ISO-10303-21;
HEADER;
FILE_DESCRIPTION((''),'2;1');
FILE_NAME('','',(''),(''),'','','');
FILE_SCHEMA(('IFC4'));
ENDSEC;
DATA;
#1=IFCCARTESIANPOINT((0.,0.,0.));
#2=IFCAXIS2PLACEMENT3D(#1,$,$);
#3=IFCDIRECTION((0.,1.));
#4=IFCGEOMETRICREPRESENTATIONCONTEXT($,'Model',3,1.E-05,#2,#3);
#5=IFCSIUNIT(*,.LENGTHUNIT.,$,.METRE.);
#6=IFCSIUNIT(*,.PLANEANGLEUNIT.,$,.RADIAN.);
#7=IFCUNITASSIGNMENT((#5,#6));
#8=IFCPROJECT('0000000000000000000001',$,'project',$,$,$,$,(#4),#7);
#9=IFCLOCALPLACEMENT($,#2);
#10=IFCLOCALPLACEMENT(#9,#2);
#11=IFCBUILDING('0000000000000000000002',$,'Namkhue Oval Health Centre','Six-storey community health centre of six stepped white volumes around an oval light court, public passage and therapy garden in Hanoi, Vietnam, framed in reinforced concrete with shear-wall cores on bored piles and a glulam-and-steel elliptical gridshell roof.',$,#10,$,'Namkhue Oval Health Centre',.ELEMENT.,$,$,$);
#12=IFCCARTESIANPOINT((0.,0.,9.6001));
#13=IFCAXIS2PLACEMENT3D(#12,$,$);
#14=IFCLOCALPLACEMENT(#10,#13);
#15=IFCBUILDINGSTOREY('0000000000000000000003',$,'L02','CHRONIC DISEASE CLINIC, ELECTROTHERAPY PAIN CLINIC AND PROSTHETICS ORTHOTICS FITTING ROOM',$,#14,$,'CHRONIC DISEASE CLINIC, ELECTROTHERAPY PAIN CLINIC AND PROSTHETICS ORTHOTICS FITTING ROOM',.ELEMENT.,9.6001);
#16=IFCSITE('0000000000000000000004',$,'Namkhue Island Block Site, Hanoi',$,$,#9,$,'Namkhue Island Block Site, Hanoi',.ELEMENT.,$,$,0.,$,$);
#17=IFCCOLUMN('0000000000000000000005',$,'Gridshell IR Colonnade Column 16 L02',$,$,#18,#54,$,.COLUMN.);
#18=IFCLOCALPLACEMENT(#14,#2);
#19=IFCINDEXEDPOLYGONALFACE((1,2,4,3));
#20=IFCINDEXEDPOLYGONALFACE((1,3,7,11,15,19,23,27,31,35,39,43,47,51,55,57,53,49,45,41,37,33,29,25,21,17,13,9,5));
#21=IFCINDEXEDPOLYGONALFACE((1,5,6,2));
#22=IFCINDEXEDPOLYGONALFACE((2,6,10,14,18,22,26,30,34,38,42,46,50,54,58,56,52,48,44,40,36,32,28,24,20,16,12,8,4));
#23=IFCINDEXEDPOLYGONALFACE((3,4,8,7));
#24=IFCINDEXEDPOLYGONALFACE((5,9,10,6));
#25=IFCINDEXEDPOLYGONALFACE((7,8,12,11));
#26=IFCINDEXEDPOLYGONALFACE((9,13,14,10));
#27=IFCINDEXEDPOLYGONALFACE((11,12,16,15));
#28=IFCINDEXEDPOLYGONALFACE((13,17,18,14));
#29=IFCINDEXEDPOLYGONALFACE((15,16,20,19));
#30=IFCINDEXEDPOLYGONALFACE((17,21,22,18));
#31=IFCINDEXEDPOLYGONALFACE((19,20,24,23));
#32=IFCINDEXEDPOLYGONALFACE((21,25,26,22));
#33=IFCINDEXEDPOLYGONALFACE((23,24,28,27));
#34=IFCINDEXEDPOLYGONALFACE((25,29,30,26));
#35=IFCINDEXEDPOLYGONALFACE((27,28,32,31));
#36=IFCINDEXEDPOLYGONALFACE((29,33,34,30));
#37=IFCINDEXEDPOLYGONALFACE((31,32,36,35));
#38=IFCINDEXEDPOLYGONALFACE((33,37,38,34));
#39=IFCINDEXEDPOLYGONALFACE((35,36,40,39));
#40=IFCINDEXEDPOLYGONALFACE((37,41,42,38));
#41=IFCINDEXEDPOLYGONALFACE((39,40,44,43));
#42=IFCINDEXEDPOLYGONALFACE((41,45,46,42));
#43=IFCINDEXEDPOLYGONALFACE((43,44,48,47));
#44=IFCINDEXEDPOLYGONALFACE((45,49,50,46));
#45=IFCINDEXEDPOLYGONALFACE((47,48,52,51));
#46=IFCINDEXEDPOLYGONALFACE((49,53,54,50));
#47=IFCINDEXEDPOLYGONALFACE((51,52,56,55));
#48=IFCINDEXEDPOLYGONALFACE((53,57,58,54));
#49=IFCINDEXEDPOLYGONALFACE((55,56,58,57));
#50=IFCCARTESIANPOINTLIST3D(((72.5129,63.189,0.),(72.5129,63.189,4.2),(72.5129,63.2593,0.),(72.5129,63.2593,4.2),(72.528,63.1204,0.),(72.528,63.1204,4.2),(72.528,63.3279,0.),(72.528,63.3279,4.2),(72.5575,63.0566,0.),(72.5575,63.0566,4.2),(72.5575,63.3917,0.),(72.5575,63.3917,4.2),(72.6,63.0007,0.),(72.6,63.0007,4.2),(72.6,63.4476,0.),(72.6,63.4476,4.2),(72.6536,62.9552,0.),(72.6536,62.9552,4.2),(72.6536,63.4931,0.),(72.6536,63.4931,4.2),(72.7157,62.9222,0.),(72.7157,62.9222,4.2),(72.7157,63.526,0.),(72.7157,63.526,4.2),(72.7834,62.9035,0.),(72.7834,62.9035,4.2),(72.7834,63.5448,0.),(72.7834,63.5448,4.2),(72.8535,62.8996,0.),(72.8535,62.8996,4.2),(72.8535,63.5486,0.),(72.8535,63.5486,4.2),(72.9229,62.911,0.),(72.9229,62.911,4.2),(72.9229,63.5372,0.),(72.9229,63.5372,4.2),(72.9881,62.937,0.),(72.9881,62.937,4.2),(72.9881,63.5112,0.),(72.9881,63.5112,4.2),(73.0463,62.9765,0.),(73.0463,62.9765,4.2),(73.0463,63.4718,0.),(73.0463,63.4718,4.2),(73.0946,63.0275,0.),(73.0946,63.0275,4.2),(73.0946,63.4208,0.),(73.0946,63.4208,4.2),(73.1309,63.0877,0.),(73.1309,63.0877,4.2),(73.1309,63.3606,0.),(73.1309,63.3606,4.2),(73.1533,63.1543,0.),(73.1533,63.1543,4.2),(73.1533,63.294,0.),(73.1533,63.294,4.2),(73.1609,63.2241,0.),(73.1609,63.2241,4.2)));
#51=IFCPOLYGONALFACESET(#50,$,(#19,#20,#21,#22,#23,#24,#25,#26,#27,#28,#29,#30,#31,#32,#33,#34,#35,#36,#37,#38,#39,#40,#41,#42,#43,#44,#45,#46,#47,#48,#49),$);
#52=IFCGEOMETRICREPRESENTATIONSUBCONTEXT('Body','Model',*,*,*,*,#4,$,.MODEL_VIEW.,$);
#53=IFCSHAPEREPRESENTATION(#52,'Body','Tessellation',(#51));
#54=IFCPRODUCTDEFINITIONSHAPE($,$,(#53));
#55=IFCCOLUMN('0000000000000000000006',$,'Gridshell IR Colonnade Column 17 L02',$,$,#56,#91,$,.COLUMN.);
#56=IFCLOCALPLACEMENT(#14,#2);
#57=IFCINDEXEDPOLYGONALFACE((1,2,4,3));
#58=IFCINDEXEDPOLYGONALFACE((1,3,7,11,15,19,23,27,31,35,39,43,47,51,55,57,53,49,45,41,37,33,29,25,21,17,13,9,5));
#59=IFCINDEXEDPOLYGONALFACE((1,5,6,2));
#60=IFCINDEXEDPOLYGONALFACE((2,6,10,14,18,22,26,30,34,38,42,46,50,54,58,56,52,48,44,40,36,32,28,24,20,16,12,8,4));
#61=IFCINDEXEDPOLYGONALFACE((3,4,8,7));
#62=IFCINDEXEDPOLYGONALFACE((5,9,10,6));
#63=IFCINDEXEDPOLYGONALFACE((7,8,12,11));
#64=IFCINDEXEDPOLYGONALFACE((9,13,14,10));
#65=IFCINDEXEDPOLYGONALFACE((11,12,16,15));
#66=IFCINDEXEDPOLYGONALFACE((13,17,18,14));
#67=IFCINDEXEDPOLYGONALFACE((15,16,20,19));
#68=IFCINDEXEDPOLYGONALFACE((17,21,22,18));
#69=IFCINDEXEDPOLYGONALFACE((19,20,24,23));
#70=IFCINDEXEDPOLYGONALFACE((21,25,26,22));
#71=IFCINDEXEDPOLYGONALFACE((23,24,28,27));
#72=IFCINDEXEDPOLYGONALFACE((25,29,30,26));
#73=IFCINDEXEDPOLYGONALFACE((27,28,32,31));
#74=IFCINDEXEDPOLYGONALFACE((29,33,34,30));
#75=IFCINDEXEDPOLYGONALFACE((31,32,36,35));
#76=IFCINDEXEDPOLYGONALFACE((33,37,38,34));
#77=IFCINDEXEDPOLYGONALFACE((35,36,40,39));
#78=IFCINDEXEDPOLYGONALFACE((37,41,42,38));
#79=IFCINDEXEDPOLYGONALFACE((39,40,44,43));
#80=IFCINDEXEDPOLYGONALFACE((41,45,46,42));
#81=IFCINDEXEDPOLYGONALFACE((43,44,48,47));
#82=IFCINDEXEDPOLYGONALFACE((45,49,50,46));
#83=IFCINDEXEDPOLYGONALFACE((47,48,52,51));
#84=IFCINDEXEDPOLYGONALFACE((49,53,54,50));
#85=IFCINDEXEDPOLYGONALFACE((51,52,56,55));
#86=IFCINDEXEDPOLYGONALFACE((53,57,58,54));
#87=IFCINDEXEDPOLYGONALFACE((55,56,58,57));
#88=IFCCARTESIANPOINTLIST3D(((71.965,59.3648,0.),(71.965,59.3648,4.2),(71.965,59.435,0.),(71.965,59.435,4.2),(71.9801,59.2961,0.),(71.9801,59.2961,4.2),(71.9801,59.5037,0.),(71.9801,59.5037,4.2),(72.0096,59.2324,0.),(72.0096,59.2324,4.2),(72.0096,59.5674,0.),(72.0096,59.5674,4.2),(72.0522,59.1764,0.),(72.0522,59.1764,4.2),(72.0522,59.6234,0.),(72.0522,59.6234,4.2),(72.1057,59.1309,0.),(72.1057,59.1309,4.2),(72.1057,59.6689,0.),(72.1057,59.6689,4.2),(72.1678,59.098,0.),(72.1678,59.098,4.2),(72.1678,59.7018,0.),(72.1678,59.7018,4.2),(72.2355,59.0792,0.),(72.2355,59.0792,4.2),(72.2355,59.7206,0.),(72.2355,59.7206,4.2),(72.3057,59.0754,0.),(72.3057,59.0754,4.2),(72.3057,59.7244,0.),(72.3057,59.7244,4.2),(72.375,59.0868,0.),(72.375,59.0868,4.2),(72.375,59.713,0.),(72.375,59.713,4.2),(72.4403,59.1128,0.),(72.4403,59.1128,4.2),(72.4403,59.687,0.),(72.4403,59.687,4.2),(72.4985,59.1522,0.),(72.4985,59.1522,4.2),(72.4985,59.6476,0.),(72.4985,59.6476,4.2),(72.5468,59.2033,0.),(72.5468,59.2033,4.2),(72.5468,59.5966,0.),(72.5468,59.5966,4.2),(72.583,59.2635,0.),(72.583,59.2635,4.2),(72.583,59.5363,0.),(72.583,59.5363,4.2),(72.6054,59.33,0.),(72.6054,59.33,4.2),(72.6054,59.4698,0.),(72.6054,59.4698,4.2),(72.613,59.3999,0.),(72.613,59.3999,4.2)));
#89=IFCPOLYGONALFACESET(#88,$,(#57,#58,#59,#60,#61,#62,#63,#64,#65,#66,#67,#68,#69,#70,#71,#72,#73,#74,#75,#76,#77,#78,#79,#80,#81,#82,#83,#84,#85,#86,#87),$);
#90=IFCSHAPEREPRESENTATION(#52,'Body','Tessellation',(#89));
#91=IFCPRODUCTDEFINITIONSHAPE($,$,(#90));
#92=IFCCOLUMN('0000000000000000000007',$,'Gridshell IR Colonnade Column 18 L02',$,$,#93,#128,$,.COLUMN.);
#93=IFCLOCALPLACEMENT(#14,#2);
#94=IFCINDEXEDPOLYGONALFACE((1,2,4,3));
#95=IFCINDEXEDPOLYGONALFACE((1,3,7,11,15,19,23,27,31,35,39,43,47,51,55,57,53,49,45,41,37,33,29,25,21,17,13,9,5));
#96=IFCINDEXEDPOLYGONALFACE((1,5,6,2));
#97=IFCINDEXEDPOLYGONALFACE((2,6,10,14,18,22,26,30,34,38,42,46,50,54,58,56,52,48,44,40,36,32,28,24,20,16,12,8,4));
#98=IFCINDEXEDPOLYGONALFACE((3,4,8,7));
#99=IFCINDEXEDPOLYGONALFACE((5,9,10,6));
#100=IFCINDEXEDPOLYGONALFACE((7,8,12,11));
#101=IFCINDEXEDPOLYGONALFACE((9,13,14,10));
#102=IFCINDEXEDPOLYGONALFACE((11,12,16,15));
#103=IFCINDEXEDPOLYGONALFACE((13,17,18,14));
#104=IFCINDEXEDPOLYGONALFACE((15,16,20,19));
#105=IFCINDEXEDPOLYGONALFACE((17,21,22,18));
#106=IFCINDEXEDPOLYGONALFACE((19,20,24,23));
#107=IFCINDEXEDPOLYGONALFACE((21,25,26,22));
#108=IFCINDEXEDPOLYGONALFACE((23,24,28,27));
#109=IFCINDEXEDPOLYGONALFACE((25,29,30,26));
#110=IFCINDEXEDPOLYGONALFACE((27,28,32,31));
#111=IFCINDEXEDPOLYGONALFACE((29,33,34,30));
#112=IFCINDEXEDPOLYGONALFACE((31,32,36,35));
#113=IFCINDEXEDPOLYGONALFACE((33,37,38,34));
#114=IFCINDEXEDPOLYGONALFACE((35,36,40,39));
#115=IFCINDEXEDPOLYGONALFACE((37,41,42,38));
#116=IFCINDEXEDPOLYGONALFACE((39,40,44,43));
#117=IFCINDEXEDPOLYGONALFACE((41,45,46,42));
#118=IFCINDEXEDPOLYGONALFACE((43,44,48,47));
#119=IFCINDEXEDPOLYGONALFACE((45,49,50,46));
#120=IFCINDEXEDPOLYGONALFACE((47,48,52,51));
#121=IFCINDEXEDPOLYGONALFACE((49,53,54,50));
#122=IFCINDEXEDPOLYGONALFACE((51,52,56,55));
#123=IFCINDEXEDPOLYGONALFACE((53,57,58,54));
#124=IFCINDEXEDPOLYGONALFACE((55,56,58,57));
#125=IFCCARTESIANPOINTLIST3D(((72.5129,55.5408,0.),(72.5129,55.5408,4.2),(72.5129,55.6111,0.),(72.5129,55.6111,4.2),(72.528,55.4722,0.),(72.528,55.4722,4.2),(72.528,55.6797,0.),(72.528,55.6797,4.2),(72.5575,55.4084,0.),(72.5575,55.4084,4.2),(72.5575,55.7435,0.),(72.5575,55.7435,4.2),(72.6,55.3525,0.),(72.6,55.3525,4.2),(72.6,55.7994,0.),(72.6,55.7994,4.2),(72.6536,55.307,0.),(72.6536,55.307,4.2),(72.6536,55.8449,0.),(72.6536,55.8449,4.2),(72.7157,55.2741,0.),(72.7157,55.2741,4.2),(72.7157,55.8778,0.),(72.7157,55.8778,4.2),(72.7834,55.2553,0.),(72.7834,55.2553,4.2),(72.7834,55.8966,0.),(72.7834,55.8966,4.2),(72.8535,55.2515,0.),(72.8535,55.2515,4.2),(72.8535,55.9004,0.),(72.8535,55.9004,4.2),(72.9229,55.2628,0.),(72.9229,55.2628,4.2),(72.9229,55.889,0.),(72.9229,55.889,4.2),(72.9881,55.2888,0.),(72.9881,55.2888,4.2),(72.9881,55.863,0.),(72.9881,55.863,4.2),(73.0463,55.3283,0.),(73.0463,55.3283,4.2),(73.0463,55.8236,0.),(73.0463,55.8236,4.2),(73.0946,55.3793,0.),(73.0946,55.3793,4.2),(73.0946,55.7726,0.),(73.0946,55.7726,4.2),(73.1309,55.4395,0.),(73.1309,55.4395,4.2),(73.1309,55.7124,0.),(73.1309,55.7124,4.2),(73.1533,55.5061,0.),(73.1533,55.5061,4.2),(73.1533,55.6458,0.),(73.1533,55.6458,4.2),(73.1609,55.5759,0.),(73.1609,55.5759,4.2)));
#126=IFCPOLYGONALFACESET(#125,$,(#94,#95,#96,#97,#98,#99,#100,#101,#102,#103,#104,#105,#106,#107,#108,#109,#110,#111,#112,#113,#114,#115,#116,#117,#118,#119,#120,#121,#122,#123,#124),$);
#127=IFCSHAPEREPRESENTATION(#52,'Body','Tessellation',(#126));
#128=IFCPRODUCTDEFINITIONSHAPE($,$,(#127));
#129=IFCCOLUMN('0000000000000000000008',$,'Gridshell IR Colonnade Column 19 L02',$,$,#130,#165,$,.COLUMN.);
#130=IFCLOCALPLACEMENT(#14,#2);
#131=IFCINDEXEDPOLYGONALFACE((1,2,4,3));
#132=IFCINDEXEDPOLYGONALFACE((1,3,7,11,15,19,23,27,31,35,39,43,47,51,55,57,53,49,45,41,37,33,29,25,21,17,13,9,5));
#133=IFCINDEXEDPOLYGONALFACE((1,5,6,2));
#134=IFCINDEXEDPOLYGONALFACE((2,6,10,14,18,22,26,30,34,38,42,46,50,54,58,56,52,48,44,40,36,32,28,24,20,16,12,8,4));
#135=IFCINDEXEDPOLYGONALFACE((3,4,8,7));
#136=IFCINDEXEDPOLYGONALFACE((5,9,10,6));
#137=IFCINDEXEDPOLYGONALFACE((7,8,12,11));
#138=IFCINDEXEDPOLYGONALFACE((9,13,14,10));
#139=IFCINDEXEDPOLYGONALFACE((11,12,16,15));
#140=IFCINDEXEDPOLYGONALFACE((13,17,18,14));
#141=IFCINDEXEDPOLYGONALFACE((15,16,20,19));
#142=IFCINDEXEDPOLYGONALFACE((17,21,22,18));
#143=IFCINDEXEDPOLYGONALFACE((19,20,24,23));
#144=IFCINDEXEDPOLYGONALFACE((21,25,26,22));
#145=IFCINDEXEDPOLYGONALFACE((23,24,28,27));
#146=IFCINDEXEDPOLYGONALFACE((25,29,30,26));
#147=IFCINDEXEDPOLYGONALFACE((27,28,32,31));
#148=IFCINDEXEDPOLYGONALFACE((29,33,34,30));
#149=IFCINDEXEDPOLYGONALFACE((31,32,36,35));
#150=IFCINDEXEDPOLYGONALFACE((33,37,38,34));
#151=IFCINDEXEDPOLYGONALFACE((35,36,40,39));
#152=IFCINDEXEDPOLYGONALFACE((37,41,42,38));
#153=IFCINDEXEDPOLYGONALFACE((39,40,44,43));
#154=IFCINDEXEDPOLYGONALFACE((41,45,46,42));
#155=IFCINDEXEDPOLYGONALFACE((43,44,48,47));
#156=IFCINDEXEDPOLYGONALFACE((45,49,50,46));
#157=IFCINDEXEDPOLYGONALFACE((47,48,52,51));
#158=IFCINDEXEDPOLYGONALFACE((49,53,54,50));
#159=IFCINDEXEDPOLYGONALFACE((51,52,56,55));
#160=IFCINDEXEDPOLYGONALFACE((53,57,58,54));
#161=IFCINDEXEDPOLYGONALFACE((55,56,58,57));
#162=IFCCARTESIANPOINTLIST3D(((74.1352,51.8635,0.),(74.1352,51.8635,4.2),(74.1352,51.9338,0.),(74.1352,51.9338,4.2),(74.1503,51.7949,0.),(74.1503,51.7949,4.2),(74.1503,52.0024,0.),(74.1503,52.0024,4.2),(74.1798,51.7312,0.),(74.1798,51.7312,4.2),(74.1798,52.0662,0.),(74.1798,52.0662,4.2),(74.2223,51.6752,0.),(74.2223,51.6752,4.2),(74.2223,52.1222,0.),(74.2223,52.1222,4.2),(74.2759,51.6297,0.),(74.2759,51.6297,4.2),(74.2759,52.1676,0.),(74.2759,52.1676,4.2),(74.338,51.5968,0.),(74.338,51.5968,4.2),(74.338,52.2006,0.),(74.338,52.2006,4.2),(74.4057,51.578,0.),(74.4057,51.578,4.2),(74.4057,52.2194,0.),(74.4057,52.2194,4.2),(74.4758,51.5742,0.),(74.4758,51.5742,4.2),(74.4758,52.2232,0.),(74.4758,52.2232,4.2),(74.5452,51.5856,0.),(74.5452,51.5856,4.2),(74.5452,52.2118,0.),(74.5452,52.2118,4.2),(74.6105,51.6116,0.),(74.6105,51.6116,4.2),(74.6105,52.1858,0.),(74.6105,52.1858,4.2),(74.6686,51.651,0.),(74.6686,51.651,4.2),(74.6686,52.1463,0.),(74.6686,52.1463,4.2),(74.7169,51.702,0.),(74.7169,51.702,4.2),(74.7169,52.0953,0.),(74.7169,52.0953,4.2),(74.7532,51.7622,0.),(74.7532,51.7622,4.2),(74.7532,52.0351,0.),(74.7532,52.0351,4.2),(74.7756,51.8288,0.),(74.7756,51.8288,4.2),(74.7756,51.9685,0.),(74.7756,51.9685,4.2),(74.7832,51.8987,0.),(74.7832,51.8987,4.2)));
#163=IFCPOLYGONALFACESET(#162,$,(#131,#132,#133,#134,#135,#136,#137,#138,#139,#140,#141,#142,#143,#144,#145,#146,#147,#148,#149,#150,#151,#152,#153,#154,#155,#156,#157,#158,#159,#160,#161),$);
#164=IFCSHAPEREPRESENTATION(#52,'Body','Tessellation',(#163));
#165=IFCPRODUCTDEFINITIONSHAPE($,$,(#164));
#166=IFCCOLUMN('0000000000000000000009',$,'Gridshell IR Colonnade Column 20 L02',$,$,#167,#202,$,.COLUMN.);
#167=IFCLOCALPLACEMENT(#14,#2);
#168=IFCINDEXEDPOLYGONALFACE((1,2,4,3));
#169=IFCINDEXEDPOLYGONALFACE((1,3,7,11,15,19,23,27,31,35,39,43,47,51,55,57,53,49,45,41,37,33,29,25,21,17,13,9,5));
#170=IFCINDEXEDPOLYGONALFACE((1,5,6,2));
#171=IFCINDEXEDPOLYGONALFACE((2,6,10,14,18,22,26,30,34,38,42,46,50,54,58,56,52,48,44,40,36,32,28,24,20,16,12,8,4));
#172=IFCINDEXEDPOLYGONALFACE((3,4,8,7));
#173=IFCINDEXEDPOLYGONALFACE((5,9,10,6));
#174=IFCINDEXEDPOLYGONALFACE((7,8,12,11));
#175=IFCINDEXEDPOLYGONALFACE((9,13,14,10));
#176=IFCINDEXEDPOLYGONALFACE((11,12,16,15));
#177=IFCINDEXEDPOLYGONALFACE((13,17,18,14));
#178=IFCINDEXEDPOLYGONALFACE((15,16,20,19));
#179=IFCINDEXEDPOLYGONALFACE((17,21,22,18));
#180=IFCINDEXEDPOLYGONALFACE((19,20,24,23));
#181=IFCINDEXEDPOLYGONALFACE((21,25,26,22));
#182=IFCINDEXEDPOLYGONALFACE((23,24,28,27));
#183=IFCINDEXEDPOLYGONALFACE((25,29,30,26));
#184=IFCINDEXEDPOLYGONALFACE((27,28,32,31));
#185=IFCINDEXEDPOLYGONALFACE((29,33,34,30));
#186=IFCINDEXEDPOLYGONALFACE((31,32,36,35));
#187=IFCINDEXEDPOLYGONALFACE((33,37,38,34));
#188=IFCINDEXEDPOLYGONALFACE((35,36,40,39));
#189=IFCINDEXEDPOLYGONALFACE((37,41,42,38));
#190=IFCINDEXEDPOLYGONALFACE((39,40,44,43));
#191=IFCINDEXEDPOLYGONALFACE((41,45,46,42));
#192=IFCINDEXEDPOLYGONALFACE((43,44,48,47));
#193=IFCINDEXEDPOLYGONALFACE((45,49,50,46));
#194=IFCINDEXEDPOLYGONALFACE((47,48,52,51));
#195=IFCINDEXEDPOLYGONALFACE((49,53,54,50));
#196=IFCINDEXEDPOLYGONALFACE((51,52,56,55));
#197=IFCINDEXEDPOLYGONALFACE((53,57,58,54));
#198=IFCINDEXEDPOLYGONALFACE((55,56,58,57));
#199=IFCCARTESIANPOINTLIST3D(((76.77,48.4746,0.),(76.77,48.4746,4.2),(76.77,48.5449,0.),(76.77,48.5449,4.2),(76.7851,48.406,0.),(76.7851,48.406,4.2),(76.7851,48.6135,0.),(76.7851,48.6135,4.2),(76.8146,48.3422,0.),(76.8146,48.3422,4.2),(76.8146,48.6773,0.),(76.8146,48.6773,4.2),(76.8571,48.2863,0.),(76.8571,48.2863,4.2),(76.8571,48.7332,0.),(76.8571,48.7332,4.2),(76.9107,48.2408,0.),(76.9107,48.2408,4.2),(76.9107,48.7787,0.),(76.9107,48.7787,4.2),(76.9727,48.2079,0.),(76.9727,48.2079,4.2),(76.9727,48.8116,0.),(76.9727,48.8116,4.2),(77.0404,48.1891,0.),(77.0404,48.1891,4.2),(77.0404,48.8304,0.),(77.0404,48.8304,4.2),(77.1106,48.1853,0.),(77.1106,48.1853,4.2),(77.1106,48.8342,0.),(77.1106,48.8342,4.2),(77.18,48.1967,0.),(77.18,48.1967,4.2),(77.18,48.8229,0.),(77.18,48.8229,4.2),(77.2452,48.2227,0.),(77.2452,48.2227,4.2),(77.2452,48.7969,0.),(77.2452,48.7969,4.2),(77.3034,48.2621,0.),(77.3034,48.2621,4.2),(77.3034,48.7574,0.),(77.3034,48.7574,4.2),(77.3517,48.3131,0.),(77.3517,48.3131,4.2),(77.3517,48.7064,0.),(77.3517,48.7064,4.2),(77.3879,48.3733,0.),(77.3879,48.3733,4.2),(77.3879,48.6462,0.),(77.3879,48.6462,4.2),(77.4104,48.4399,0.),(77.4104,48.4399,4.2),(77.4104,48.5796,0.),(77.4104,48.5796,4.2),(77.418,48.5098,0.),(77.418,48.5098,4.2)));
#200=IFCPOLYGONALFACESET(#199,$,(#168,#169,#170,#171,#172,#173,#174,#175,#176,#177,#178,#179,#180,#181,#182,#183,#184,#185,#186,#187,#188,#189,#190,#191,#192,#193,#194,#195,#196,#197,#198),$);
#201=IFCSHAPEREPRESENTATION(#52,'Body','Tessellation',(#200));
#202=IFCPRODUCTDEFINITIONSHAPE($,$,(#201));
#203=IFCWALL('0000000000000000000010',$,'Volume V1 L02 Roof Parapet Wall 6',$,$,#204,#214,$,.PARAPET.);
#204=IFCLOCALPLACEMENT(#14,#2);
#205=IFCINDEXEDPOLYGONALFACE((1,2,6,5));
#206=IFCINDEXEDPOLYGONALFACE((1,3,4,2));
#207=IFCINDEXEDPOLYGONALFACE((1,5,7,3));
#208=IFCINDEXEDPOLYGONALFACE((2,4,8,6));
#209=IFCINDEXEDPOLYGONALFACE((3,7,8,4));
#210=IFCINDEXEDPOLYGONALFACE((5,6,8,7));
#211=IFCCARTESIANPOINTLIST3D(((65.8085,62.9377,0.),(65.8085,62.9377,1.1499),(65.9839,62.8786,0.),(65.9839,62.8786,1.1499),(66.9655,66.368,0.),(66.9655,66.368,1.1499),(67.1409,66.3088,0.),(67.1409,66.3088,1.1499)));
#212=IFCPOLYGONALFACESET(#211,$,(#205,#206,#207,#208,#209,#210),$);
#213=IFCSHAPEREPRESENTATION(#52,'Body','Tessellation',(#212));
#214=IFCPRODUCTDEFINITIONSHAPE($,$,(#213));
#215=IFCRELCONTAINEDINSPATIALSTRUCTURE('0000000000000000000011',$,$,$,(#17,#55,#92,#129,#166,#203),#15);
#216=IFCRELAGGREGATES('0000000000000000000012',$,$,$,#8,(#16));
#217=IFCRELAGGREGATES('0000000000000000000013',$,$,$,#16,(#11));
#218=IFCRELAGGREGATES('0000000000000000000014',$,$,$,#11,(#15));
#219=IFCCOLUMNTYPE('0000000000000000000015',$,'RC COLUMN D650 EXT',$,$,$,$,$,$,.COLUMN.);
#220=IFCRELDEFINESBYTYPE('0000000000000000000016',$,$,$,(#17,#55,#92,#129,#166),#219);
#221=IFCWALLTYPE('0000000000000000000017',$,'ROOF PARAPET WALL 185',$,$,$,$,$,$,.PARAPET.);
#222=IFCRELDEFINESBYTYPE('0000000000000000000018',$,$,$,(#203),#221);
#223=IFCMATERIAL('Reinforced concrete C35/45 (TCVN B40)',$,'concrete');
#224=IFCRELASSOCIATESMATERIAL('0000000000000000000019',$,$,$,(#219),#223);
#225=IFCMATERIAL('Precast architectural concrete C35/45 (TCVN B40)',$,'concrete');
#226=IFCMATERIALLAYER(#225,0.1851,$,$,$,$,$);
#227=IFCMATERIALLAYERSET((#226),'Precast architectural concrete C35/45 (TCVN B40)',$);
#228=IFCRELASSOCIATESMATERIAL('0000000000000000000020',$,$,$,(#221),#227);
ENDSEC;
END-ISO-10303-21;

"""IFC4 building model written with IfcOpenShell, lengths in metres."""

from ifc_helpers import new_model, si_unit, direction, frame, frame_2d, origin, origin_2d, place, context, subcontext, project, spatial, rectangle, circle, extrude, material, layer, layer_set, material_profile, profile_set, type_object, element, save


model = new_model("IFC4")

# Units and contexts
model_context = context("Model", 3, precision=1e-05, world=origin(), true_north=direction((0.0, 1.0)))
body_context = subcontext(model_context, "Body", "Model", "MODEL_VIEW")
ifc_project = project(units=[si_unit("LENGTHUNIT", "METRE"), si_unit("PLANEANGLEUNIT", "RADIAN")], contexts=[model_context])

# Site, building, storey
site_placement = place(None, origin())
site = spatial("IfcSite", under=ifc_project, at=site_placement, Name="Namkhue Island Block Site, Hanoi", LongName="Namkhue Island Block Site, Hanoi", CompositionType="ELEMENT", RefElevation=0.0)
building_placement = place(site_placement, origin())
building = spatial("IfcBuilding", under=site, at=building_placement, Name="Namkhue Oval Health Centre", Description="Six-storey community health centre of six stepped white volumes around an oval light court, public passage and therapy garden in Hanoi, Vietnam, framed in reinforced concrete with shear-wall cores on bored piles and a glulam-and-steel elliptical gridshell roof.", LongName="Namkhue Oval Health Centre", CompositionType="ELEMENT")
storey_placement = place(building_placement, frame((0.0, 0.0, 9.6001)))
storey = spatial("IfcBuildingStorey", under=building, at=storey_placement, Name="L02", Description="CHRONIC DISEASE CLINIC, ELECTROTHERAPY PAIN CLINIC AND PROSTHETICS ORTHOTICS FITTING ROOM", LongName="CHRONIC DISEASE CLINIC, ELECTROTHERAPY PAIN CLINIC AND PROSTHETICS ORTHOTICS FITTING ROOM", CompositionType="ELEMENT", Elevation=9.6001)

# Columns
ifc_material_1 = material(Name="Reinforced concrete C35/45 (TCVN B40)", Category="concrete")
ifc_material_profile = material_profile(ifc_material_1, circle(Radius=0.325, at=origin_2d()), Name="RC D650")
ifc_profile_set = profile_set([ifc_material_profile], Name="Reinforced concrete C35/45 (TCVN B40)")
column_type = type_object("IfcColumnType", Name="RC COLUMN D650 EXT", PredefinedType="COLUMN", material=ifc_profile_set)
for number, where, z_axis, x_axis, name in (
    (1, (72.8359, 63.2241, 0.0), (0.0, 0.0, 1.0), (1.0, 0.0, 0.0), "Gridshell IR Colonnade Column 16 L02"),
    (2, (72.2881, 59.3999, 0.0), (0.0, 0.0, 1.0), (1.0, 0.0, 0.0), "Gridshell IR Colonnade Column 17 L02"),
    (3, (72.8359, 55.5759, 0.0), (0.0, 0.0, 1.0), (1.0, 0.0, 0.0), "Gridshell IR Colonnade Column 18 L02"),
    (4, (74.4583, 51.8987, 0.0), (0.0, 0.0, 1.0), (1.0, 0.0, 0.0), "Gridshell IR Colonnade Column 19 L02"),
    (5, (77.093, 48.5098, 0.0), (0.0, 0.0, 1.0), (1.0, 0.0, 0.0), "Gridshell IR Colonnade Column 20 L02"),
):
    element("IfcColumn", number, at=place(storey_placement, frame(where, z_axis=z_axis, x_axis=x_axis)), inside=storey, type_object=column_type, Name=name, PredefinedType="COLUMN", context=body_context, shape_type="SweptSolid", body=[
        extrude(circle(Radius=0.325, at=origin_2d()), origin(), (0.0, 0.0, 1.0), 4.2),
    ])

# Wall
ifc_material_2 = material(Name="Precast architectural concrete C35/45 (TCVN B40)", Category="concrete")
ifc_layer_1 = layer(ifc_material_2, 0.1851)
ifc_layer_set_1 = layer_set([ifc_layer_1], Name="Precast architectural concrete C35/45 (TCVN B40)")
wall_type = type_object("IfcWallType", Name="ROOF PARAPET WALL 185", PredefinedType="PARAPET", material=ifc_layer_set_1)
wall_1_placement = place(storey_placement, frame((67.0532, 66.3384, 0.0), z_axis=(0.0, 0.0, 1.0), x_axis=(-0.319605, -0.947551, 0.0)))
element("IfcWall", 6, at=wall_1_placement, inside=storey, type_object=wall_type, Name="Volume V1 L02 Roof Parapet Wall 6", PredefinedType="PARAPET", context=body_context, shape_type="SweptSolid", body=[
    extrude(rectangle(XDim=3.6201, YDim=0.1851, at=frame_2d((1.8101, 0.0))), origin(), (0.0, 0.0, 1.0), 1.1499),
])

save(model, "model.ifc")
